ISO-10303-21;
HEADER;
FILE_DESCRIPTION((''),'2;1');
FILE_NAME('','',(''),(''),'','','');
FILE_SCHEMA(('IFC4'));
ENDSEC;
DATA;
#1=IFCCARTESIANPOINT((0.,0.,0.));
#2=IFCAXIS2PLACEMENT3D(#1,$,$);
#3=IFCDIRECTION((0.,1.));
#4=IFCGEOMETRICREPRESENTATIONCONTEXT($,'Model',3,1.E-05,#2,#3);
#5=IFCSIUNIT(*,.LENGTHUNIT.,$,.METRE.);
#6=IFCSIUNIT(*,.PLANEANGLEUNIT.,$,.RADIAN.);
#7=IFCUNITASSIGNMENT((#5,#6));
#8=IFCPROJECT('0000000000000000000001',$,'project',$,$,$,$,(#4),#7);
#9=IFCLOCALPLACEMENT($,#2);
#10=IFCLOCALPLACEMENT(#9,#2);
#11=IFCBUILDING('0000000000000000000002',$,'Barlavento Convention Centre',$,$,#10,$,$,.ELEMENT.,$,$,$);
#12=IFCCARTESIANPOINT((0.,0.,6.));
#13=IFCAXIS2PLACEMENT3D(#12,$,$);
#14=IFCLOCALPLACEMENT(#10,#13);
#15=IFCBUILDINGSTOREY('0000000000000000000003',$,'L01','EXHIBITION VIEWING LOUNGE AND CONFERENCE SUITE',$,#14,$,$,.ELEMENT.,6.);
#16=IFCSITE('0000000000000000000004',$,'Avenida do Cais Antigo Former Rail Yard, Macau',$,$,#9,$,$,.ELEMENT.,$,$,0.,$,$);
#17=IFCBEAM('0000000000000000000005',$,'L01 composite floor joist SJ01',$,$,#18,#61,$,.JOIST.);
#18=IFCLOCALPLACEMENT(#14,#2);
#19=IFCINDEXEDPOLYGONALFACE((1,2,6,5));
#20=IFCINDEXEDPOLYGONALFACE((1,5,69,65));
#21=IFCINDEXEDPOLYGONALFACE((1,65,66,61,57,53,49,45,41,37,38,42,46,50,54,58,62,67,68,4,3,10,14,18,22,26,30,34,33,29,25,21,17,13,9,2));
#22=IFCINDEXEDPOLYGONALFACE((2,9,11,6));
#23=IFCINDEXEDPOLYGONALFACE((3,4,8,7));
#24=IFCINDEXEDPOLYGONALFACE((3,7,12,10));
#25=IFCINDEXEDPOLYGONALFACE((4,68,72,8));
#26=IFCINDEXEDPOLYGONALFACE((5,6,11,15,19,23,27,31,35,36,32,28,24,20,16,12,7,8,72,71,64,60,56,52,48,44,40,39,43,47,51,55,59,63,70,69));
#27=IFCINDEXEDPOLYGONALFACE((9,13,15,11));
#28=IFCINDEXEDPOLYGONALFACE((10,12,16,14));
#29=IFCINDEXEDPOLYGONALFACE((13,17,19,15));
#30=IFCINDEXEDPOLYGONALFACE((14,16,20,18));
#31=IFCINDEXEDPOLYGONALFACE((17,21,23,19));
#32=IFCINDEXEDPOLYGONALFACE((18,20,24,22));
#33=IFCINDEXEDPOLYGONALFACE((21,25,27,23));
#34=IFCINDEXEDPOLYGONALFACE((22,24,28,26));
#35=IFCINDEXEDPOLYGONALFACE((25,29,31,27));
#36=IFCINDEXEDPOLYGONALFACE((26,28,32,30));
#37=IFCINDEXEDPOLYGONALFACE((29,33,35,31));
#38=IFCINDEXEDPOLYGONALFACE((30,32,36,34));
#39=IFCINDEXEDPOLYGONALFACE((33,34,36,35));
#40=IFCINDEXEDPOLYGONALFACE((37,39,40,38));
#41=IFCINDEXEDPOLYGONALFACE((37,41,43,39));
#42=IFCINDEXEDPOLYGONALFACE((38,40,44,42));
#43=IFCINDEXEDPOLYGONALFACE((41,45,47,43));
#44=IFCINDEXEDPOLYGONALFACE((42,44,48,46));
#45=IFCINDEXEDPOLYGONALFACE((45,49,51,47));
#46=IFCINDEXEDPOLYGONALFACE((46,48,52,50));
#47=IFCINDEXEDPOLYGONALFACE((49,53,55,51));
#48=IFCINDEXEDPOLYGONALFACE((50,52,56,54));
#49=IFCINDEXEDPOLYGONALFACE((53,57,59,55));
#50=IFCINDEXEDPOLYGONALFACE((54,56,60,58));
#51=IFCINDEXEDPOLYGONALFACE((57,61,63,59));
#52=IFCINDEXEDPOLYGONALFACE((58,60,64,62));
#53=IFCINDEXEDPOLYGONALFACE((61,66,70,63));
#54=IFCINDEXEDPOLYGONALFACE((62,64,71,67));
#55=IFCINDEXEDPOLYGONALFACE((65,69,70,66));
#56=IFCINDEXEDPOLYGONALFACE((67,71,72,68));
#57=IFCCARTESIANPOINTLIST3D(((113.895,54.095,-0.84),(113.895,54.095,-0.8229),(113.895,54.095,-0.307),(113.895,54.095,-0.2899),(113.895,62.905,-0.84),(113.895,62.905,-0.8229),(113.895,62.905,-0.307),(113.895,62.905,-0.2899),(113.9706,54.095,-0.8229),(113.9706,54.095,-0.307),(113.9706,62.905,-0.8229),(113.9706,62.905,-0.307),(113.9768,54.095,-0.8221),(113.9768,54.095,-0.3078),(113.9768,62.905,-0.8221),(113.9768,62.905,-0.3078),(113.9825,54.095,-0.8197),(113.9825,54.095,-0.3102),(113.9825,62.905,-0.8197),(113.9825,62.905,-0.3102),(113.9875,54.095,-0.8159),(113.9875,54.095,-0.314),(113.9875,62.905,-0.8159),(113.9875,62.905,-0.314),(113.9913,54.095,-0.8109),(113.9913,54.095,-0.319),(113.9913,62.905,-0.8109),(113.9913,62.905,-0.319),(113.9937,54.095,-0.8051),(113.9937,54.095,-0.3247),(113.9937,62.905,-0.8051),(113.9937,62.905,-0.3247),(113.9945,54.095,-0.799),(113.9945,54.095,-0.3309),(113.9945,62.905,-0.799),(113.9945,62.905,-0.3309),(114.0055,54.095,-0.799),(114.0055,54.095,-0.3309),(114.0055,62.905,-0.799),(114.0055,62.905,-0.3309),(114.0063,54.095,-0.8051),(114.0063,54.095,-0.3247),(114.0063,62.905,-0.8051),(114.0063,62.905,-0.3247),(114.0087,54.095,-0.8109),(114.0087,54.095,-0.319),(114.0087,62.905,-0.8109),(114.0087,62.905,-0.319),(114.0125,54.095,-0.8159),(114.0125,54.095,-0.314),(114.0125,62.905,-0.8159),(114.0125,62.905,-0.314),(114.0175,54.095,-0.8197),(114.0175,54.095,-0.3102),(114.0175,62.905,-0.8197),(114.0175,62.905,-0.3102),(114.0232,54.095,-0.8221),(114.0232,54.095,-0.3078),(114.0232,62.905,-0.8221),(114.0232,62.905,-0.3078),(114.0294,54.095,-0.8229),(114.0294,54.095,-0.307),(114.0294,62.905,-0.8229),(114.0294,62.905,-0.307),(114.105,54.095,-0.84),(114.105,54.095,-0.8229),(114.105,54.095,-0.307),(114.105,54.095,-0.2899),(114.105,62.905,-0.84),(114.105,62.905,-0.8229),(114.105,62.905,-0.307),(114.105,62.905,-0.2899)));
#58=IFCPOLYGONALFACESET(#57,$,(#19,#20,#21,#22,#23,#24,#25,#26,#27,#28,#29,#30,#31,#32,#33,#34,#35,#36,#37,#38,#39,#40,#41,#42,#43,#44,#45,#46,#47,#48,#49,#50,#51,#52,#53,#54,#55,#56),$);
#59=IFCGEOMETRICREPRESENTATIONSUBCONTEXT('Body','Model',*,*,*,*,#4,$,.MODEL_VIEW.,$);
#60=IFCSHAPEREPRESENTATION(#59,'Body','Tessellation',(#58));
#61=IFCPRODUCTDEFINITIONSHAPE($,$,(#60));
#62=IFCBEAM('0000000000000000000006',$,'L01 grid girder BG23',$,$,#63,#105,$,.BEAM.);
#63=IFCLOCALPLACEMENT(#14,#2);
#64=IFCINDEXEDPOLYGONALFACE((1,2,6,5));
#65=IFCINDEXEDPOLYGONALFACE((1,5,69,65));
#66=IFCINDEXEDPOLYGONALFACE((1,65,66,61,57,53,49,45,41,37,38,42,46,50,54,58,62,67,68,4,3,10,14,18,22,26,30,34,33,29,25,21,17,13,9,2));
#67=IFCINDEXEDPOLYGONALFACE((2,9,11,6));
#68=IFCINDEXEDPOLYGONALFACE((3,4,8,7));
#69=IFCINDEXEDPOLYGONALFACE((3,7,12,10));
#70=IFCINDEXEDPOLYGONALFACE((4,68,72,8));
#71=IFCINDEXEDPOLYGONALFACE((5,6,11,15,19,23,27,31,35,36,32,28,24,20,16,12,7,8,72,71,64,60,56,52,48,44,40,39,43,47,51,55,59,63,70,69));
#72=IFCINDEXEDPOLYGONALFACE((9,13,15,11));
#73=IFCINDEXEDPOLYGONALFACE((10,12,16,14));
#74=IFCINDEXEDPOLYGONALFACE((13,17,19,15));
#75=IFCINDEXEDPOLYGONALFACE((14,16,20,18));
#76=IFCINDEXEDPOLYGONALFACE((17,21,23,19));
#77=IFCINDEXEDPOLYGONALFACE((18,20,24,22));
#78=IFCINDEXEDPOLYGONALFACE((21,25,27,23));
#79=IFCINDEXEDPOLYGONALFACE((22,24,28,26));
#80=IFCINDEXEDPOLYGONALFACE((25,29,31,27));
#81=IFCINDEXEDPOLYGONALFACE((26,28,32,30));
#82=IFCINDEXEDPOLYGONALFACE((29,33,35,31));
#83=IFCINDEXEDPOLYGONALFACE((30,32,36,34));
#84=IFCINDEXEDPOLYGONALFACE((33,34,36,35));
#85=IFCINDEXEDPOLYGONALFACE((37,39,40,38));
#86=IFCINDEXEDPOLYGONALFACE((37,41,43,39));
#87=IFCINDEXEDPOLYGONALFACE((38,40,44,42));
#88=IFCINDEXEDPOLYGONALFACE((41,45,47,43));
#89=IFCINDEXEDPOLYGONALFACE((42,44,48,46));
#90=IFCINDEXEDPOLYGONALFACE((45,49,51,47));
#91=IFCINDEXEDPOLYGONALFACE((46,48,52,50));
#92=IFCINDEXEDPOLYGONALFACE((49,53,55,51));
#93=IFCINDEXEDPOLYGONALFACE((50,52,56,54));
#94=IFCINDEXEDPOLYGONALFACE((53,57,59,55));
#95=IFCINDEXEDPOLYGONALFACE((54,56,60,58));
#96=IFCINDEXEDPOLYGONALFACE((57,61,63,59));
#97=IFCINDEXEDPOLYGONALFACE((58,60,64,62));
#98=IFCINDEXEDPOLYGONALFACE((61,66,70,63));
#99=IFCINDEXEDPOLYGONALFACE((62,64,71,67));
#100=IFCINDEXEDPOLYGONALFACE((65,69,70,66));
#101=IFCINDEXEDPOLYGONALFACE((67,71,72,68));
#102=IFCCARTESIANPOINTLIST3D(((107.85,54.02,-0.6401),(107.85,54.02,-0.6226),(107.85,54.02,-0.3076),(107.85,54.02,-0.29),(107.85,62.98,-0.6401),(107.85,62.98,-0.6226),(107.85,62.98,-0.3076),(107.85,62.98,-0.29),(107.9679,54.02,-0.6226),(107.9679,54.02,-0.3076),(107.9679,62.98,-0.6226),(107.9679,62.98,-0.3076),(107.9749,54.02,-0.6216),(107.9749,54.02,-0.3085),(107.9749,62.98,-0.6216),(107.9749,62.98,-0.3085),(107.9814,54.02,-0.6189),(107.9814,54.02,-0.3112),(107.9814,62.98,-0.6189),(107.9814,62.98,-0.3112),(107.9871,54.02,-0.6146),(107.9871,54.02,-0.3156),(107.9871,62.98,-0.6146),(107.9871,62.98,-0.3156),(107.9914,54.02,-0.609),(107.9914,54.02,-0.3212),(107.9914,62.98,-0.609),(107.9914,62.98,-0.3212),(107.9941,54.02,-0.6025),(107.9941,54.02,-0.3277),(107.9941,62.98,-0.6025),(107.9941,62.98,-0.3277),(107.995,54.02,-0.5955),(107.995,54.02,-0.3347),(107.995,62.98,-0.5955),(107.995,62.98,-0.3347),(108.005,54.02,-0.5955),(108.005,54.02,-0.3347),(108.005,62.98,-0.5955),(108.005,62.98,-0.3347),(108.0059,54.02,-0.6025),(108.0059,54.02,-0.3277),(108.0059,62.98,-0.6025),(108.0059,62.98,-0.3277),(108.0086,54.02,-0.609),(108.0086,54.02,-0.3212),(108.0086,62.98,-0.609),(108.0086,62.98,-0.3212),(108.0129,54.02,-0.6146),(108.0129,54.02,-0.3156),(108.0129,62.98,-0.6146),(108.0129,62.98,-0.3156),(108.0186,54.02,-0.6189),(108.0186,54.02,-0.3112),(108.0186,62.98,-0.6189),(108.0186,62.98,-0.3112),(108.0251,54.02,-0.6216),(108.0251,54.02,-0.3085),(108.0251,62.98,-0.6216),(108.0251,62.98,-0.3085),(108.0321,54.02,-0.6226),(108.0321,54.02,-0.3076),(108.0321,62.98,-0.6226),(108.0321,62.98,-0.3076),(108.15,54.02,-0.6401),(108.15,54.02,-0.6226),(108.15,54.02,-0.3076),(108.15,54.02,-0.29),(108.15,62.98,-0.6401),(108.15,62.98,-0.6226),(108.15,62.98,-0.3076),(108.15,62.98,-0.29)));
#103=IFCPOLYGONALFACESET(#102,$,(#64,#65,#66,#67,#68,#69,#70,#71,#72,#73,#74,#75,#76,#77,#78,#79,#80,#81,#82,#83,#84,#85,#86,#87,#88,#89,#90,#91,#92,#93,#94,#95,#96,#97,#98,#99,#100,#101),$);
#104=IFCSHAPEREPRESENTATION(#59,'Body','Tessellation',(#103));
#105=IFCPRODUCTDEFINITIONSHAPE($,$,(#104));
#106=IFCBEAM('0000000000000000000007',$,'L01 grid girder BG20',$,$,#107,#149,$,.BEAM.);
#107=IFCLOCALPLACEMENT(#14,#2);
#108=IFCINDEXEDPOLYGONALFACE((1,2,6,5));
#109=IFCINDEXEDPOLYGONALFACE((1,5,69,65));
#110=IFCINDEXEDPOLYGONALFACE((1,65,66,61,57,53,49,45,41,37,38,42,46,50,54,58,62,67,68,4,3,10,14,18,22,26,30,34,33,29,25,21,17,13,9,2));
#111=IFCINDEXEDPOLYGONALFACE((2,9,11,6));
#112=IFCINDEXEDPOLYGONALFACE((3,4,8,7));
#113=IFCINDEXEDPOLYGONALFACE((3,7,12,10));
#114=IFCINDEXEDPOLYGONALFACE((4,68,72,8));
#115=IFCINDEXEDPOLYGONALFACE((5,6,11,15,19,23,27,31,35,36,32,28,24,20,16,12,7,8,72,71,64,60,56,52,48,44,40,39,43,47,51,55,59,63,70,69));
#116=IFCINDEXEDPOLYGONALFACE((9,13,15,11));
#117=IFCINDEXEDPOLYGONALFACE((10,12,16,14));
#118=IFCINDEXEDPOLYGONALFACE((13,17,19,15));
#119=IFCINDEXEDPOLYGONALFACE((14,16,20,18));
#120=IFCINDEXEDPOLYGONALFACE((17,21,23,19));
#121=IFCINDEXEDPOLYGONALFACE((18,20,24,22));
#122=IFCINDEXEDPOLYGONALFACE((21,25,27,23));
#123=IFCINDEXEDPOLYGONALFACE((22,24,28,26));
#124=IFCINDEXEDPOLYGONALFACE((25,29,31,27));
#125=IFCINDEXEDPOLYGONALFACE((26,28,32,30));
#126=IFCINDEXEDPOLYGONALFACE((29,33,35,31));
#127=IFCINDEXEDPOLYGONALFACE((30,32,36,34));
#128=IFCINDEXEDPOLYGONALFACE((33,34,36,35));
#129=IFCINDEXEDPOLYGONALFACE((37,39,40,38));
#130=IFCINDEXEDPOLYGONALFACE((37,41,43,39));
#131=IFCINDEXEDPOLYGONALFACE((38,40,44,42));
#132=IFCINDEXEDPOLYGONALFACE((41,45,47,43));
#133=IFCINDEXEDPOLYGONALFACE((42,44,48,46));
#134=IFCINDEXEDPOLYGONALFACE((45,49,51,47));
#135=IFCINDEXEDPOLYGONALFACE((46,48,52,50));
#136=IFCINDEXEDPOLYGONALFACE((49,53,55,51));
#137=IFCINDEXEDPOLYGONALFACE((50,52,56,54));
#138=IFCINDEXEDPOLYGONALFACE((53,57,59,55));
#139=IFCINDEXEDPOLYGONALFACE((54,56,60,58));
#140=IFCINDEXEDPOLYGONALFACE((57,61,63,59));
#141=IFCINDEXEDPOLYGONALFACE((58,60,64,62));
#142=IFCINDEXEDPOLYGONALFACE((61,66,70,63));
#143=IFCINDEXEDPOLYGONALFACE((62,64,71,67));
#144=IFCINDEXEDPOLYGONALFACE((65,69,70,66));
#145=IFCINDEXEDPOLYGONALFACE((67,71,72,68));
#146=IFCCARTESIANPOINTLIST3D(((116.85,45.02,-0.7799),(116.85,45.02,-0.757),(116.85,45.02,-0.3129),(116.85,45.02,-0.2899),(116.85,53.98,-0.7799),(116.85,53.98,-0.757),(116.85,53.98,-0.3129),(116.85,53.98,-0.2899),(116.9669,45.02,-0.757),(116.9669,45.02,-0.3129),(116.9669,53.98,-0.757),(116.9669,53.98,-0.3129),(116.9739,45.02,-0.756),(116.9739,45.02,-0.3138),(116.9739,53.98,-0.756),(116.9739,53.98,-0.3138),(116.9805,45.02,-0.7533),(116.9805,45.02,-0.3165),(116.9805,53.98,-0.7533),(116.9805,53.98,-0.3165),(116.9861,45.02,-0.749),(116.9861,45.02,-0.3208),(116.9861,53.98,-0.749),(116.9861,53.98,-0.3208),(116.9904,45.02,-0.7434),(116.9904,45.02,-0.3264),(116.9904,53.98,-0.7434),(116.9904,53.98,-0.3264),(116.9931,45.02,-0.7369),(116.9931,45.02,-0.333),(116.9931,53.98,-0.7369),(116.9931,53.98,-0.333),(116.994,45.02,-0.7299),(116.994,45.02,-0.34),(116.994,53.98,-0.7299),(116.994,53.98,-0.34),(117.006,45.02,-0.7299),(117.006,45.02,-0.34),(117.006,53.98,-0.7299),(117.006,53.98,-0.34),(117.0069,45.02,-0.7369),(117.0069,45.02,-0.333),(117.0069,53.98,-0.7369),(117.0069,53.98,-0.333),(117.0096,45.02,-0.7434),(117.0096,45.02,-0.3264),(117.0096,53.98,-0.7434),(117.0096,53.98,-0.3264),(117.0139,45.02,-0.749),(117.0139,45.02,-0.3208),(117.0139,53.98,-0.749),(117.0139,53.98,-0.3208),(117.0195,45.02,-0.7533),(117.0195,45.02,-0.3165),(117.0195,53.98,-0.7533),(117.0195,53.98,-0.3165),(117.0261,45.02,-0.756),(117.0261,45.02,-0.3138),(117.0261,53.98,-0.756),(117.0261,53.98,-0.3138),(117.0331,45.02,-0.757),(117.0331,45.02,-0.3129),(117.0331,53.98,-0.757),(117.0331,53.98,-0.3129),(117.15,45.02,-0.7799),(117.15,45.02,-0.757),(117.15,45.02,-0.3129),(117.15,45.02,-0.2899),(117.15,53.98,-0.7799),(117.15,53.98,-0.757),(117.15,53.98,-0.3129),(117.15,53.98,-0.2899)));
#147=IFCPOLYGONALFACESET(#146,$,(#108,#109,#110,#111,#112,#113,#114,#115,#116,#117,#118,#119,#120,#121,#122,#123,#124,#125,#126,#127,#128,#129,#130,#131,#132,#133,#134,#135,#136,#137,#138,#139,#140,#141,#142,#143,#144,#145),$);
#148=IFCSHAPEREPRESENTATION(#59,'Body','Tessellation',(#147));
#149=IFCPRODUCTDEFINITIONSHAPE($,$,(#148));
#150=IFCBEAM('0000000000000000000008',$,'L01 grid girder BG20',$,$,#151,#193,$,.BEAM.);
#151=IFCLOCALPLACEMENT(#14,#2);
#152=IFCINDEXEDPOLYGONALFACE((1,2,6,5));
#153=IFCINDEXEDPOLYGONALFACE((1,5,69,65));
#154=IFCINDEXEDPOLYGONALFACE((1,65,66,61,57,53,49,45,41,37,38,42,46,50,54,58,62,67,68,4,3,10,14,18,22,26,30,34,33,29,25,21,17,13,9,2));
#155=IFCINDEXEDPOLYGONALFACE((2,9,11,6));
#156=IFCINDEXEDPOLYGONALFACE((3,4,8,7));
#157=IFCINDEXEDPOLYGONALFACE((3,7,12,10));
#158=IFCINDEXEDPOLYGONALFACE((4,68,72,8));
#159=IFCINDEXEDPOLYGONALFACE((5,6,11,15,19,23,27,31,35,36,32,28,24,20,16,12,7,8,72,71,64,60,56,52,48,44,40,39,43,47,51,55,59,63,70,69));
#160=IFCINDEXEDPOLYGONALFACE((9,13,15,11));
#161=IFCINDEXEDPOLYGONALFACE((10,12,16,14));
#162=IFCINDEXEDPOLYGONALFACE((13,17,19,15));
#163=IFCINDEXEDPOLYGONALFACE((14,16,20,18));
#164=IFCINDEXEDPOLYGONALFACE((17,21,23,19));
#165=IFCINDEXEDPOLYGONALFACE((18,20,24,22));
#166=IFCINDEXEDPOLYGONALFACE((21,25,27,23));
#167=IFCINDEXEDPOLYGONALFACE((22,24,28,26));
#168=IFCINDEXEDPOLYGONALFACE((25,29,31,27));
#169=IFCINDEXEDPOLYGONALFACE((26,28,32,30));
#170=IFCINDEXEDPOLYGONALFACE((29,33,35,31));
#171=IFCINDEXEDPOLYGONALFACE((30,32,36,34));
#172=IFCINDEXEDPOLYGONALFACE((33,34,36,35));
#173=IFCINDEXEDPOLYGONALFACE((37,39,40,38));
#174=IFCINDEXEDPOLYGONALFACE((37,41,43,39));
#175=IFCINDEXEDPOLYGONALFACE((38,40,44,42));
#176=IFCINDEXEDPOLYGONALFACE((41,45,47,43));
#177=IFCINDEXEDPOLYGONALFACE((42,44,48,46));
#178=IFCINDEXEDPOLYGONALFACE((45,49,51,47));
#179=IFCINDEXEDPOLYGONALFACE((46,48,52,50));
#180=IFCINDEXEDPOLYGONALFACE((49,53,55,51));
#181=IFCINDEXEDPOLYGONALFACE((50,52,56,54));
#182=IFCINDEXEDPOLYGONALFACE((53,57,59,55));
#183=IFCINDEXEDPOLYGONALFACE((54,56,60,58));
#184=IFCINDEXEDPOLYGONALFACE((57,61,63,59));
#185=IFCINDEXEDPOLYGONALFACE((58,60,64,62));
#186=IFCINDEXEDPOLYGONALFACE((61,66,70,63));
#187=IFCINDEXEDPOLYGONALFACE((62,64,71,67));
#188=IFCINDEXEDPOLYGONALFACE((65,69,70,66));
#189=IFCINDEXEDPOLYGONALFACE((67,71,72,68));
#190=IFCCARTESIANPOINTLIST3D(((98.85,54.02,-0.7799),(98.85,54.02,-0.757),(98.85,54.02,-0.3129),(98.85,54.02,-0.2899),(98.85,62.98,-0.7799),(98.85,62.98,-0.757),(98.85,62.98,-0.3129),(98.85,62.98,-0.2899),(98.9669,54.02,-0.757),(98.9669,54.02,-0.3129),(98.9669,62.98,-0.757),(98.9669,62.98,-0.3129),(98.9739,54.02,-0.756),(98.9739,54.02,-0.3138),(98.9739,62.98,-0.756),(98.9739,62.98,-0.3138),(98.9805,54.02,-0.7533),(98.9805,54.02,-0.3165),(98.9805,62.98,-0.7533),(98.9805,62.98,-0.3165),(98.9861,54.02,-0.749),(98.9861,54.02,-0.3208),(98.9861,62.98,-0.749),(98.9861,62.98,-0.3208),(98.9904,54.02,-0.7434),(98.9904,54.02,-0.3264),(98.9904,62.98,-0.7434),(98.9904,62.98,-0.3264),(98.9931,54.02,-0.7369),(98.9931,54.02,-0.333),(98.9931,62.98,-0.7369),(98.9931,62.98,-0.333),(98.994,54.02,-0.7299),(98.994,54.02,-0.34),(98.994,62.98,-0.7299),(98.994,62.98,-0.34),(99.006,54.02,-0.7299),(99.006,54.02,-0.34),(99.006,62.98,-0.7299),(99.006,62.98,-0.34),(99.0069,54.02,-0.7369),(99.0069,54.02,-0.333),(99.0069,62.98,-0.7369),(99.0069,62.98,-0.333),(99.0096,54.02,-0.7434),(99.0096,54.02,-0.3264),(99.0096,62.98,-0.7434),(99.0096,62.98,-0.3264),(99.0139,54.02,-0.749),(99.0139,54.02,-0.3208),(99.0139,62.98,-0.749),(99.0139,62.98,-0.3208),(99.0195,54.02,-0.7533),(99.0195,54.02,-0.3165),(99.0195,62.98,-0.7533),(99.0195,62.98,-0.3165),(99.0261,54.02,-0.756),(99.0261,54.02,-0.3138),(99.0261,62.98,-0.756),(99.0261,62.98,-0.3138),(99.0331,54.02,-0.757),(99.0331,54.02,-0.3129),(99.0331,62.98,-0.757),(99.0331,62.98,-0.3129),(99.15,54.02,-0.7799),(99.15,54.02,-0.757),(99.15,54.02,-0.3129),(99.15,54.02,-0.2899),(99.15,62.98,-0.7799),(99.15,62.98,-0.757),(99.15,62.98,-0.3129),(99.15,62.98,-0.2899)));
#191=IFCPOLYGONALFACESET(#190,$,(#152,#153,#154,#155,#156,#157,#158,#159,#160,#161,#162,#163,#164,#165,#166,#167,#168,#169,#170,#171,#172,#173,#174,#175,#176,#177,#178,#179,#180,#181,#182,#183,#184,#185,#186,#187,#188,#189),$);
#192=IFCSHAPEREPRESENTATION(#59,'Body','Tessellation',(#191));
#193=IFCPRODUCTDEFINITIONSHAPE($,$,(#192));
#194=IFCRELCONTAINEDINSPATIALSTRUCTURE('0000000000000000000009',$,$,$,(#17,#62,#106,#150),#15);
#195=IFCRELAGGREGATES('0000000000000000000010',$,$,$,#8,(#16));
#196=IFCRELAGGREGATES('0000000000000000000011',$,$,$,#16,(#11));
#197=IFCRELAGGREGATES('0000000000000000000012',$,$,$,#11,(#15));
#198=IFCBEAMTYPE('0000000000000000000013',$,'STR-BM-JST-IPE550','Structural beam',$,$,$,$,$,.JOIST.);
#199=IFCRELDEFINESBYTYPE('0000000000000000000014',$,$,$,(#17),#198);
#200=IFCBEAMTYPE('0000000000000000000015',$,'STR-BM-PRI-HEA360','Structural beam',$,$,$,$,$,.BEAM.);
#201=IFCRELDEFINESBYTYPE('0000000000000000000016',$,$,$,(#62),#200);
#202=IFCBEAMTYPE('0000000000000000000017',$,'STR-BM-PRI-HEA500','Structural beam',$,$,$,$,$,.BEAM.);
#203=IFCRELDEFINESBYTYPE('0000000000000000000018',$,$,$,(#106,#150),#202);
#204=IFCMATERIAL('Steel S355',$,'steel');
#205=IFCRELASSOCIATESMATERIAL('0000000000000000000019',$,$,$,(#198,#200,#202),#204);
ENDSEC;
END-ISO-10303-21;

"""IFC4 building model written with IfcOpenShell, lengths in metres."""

from ifc_helpers import new_model, si_unit, direction, frame, origin, origin_2d, place, context, subcontext, project, spatial, i_section, extrude, material, material_profile, profile_set, type_object, element, save


model = new_model("IFC4")

# Units and contexts
model_context = context("Model", 3, precision=1e-05, world=origin(), true_north=direction((0.0, 1.0)))
body_context = subcontext(model_context, "Body", "Model", "MODEL_VIEW")
ifc_project = project(units=[si_unit("LENGTHUNIT", "METRE"), si_unit("PLANEANGLEUNIT", "RADIAN")], contexts=[model_context])

# Site, building, storey
site_placement = place(None, origin())
site = spatial("IfcSite", under=ifc_project, at=site_placement, Name="Avenida do Cais Antigo Former Rail Yard, Macau", CompositionType="ELEMENT", RefElevation=0.0)
building_placement = place(site_placement, origin())
building = spatial("IfcBuilding", under=site, at=building_placement, Name="Barlavento Convention Centre", CompositionType="ELEMENT")
storey_placement = place(building_placement, frame((0.0, 0.0, 6.0)))
storey = spatial("IfcBuildingStorey", under=building, at=storey_placement, Name="L01", Description="EXHIBITION VIEWING LOUNGE AND CONFERENCE SUITE", CompositionType="ELEMENT", Elevation=6.0)

# Shared definitions
ifc_material_1 = material(Name="Steel S355", Category="steel")

# Beams
ifc_material_profile_1 = material_profile(ifc_material_1, i_section(OverallWidth=0.21, OverallDepth=0.55, WebThickness=0.011, FlangeThickness=0.0171, FilletRadius=0.0239, at=origin_2d()), Name="IPE 550")
ifc_profile_set_1 = profile_set([ifc_material_profile_1], Name="Steel S355")
beam_type_1 = type_object("IfcBeamType", Name="STR-BM-JST-IPE550", Description="Structural beam", PredefinedType="JOIST", material=ifc_profile_set_1)
beam_1_placement = place(storey_placement, frame((114.0, 54.095, -0.5649), z_axis=(0.0, 1.0, 0.0), x_axis=(-1.0, 0.0, 0.0)))
element("IfcBeam", 1, at=beam_1_placement, inside=storey, type_object=beam_type_1, Name="L01 composite floor joist SJ01", PredefinedType="JOIST", context=body_context, shape_type="SweptSolid", body=[
    extrude(i_section(OverallWidth=0.21, OverallDepth=0.55, WebThickness=0.011, FlangeThickness=0.0171, FilletRadius=0.0239, at=origin_2d()), origin(), (0.0, 0.0, 1.0), 8.8101),
])
ifc_material_profile_2 = material_profile(ifc_material_1, i_section(OverallWidth=0.3, OverallDepth=0.3501, WebThickness=0.01, FlangeThickness=0.0176, FilletRadius=0.0271, at=origin_2d()), Name="HEA 360")
ifc_profile_set_2 = profile_set([ifc_material_profile_2], Name="Steel S355")
beam_type_2 = type_object("IfcBeamType", Name="STR-BM-PRI-HEA360", Description="Structural beam", PredefinedType="BEAM", material=ifc_profile_set_2)
beam_2_placement = place(storey_placement, frame((108.0, 54.02, -0.4651), z_axis=(0.0, 1.0, 0.0), x_axis=(-1.0, 0.0, 0.0)))
element("IfcBeam", 2, at=beam_2_placement, inside=storey, type_object=beam_type_2, Name="L01 grid girder BG23", PredefinedType="BEAM", context=body_context, shape_type="SweptSolid", body=[
    extrude(i_section(OverallWidth=0.3, OverallDepth=0.3501, WebThickness=0.01, FlangeThickness=0.0176, FilletRadius=0.0271, at=origin_2d()), origin(), (0.0, 0.0, 1.0), 8.96),
])
ifc_material_profile_3 = material_profile(ifc_material_1, i_section(OverallWidth=0.3, OverallDepth=0.49, WebThickness=0.012, FlangeThickness=0.0229, FilletRadius=0.0271, at=origin_2d()), Name="HEA 500")
ifc_profile_set_3 = profile_set([ifc_material_profile_3], Name="Steel S355")
beam_type_3 = type_object("IfcBeamType", Name="STR-BM-PRI-HEA500", Description="Structural beam", PredefinedType="BEAM", material=ifc_profile_set_3)
for number, where, z_axis, x_axis, name in (
    (3, (117.0, 45.02, -0.5349), (0.0, 1.0, 0.0), (-1.0, 0.0, 0.0), "L01 grid girder BG20"),
    (4, (99.0, 54.02, -0.5349), (0.0, 1.0, 0.0), (-1.0, 0.0, 0.0), "L01 grid girder BG20"),
):
    element("IfcBeam", number, at=place(storey_placement, frame(where, z_axis=z_axis, x_axis=x_axis)), inside=storey, type_object=beam_type_3, Name=name, PredefinedType="BEAM", context=body_context, shape_type="SweptSolid", body=[
        extrude(i_section(OverallWidth=0.3, OverallDepth=0.49, WebThickness=0.012, FlangeThickness=0.0229, FilletRadius=0.0271, at=origin_2d()), origin(), (0.0, 0.0, 1.0), 8.96),
    ])

save(model, "model.ifc")
